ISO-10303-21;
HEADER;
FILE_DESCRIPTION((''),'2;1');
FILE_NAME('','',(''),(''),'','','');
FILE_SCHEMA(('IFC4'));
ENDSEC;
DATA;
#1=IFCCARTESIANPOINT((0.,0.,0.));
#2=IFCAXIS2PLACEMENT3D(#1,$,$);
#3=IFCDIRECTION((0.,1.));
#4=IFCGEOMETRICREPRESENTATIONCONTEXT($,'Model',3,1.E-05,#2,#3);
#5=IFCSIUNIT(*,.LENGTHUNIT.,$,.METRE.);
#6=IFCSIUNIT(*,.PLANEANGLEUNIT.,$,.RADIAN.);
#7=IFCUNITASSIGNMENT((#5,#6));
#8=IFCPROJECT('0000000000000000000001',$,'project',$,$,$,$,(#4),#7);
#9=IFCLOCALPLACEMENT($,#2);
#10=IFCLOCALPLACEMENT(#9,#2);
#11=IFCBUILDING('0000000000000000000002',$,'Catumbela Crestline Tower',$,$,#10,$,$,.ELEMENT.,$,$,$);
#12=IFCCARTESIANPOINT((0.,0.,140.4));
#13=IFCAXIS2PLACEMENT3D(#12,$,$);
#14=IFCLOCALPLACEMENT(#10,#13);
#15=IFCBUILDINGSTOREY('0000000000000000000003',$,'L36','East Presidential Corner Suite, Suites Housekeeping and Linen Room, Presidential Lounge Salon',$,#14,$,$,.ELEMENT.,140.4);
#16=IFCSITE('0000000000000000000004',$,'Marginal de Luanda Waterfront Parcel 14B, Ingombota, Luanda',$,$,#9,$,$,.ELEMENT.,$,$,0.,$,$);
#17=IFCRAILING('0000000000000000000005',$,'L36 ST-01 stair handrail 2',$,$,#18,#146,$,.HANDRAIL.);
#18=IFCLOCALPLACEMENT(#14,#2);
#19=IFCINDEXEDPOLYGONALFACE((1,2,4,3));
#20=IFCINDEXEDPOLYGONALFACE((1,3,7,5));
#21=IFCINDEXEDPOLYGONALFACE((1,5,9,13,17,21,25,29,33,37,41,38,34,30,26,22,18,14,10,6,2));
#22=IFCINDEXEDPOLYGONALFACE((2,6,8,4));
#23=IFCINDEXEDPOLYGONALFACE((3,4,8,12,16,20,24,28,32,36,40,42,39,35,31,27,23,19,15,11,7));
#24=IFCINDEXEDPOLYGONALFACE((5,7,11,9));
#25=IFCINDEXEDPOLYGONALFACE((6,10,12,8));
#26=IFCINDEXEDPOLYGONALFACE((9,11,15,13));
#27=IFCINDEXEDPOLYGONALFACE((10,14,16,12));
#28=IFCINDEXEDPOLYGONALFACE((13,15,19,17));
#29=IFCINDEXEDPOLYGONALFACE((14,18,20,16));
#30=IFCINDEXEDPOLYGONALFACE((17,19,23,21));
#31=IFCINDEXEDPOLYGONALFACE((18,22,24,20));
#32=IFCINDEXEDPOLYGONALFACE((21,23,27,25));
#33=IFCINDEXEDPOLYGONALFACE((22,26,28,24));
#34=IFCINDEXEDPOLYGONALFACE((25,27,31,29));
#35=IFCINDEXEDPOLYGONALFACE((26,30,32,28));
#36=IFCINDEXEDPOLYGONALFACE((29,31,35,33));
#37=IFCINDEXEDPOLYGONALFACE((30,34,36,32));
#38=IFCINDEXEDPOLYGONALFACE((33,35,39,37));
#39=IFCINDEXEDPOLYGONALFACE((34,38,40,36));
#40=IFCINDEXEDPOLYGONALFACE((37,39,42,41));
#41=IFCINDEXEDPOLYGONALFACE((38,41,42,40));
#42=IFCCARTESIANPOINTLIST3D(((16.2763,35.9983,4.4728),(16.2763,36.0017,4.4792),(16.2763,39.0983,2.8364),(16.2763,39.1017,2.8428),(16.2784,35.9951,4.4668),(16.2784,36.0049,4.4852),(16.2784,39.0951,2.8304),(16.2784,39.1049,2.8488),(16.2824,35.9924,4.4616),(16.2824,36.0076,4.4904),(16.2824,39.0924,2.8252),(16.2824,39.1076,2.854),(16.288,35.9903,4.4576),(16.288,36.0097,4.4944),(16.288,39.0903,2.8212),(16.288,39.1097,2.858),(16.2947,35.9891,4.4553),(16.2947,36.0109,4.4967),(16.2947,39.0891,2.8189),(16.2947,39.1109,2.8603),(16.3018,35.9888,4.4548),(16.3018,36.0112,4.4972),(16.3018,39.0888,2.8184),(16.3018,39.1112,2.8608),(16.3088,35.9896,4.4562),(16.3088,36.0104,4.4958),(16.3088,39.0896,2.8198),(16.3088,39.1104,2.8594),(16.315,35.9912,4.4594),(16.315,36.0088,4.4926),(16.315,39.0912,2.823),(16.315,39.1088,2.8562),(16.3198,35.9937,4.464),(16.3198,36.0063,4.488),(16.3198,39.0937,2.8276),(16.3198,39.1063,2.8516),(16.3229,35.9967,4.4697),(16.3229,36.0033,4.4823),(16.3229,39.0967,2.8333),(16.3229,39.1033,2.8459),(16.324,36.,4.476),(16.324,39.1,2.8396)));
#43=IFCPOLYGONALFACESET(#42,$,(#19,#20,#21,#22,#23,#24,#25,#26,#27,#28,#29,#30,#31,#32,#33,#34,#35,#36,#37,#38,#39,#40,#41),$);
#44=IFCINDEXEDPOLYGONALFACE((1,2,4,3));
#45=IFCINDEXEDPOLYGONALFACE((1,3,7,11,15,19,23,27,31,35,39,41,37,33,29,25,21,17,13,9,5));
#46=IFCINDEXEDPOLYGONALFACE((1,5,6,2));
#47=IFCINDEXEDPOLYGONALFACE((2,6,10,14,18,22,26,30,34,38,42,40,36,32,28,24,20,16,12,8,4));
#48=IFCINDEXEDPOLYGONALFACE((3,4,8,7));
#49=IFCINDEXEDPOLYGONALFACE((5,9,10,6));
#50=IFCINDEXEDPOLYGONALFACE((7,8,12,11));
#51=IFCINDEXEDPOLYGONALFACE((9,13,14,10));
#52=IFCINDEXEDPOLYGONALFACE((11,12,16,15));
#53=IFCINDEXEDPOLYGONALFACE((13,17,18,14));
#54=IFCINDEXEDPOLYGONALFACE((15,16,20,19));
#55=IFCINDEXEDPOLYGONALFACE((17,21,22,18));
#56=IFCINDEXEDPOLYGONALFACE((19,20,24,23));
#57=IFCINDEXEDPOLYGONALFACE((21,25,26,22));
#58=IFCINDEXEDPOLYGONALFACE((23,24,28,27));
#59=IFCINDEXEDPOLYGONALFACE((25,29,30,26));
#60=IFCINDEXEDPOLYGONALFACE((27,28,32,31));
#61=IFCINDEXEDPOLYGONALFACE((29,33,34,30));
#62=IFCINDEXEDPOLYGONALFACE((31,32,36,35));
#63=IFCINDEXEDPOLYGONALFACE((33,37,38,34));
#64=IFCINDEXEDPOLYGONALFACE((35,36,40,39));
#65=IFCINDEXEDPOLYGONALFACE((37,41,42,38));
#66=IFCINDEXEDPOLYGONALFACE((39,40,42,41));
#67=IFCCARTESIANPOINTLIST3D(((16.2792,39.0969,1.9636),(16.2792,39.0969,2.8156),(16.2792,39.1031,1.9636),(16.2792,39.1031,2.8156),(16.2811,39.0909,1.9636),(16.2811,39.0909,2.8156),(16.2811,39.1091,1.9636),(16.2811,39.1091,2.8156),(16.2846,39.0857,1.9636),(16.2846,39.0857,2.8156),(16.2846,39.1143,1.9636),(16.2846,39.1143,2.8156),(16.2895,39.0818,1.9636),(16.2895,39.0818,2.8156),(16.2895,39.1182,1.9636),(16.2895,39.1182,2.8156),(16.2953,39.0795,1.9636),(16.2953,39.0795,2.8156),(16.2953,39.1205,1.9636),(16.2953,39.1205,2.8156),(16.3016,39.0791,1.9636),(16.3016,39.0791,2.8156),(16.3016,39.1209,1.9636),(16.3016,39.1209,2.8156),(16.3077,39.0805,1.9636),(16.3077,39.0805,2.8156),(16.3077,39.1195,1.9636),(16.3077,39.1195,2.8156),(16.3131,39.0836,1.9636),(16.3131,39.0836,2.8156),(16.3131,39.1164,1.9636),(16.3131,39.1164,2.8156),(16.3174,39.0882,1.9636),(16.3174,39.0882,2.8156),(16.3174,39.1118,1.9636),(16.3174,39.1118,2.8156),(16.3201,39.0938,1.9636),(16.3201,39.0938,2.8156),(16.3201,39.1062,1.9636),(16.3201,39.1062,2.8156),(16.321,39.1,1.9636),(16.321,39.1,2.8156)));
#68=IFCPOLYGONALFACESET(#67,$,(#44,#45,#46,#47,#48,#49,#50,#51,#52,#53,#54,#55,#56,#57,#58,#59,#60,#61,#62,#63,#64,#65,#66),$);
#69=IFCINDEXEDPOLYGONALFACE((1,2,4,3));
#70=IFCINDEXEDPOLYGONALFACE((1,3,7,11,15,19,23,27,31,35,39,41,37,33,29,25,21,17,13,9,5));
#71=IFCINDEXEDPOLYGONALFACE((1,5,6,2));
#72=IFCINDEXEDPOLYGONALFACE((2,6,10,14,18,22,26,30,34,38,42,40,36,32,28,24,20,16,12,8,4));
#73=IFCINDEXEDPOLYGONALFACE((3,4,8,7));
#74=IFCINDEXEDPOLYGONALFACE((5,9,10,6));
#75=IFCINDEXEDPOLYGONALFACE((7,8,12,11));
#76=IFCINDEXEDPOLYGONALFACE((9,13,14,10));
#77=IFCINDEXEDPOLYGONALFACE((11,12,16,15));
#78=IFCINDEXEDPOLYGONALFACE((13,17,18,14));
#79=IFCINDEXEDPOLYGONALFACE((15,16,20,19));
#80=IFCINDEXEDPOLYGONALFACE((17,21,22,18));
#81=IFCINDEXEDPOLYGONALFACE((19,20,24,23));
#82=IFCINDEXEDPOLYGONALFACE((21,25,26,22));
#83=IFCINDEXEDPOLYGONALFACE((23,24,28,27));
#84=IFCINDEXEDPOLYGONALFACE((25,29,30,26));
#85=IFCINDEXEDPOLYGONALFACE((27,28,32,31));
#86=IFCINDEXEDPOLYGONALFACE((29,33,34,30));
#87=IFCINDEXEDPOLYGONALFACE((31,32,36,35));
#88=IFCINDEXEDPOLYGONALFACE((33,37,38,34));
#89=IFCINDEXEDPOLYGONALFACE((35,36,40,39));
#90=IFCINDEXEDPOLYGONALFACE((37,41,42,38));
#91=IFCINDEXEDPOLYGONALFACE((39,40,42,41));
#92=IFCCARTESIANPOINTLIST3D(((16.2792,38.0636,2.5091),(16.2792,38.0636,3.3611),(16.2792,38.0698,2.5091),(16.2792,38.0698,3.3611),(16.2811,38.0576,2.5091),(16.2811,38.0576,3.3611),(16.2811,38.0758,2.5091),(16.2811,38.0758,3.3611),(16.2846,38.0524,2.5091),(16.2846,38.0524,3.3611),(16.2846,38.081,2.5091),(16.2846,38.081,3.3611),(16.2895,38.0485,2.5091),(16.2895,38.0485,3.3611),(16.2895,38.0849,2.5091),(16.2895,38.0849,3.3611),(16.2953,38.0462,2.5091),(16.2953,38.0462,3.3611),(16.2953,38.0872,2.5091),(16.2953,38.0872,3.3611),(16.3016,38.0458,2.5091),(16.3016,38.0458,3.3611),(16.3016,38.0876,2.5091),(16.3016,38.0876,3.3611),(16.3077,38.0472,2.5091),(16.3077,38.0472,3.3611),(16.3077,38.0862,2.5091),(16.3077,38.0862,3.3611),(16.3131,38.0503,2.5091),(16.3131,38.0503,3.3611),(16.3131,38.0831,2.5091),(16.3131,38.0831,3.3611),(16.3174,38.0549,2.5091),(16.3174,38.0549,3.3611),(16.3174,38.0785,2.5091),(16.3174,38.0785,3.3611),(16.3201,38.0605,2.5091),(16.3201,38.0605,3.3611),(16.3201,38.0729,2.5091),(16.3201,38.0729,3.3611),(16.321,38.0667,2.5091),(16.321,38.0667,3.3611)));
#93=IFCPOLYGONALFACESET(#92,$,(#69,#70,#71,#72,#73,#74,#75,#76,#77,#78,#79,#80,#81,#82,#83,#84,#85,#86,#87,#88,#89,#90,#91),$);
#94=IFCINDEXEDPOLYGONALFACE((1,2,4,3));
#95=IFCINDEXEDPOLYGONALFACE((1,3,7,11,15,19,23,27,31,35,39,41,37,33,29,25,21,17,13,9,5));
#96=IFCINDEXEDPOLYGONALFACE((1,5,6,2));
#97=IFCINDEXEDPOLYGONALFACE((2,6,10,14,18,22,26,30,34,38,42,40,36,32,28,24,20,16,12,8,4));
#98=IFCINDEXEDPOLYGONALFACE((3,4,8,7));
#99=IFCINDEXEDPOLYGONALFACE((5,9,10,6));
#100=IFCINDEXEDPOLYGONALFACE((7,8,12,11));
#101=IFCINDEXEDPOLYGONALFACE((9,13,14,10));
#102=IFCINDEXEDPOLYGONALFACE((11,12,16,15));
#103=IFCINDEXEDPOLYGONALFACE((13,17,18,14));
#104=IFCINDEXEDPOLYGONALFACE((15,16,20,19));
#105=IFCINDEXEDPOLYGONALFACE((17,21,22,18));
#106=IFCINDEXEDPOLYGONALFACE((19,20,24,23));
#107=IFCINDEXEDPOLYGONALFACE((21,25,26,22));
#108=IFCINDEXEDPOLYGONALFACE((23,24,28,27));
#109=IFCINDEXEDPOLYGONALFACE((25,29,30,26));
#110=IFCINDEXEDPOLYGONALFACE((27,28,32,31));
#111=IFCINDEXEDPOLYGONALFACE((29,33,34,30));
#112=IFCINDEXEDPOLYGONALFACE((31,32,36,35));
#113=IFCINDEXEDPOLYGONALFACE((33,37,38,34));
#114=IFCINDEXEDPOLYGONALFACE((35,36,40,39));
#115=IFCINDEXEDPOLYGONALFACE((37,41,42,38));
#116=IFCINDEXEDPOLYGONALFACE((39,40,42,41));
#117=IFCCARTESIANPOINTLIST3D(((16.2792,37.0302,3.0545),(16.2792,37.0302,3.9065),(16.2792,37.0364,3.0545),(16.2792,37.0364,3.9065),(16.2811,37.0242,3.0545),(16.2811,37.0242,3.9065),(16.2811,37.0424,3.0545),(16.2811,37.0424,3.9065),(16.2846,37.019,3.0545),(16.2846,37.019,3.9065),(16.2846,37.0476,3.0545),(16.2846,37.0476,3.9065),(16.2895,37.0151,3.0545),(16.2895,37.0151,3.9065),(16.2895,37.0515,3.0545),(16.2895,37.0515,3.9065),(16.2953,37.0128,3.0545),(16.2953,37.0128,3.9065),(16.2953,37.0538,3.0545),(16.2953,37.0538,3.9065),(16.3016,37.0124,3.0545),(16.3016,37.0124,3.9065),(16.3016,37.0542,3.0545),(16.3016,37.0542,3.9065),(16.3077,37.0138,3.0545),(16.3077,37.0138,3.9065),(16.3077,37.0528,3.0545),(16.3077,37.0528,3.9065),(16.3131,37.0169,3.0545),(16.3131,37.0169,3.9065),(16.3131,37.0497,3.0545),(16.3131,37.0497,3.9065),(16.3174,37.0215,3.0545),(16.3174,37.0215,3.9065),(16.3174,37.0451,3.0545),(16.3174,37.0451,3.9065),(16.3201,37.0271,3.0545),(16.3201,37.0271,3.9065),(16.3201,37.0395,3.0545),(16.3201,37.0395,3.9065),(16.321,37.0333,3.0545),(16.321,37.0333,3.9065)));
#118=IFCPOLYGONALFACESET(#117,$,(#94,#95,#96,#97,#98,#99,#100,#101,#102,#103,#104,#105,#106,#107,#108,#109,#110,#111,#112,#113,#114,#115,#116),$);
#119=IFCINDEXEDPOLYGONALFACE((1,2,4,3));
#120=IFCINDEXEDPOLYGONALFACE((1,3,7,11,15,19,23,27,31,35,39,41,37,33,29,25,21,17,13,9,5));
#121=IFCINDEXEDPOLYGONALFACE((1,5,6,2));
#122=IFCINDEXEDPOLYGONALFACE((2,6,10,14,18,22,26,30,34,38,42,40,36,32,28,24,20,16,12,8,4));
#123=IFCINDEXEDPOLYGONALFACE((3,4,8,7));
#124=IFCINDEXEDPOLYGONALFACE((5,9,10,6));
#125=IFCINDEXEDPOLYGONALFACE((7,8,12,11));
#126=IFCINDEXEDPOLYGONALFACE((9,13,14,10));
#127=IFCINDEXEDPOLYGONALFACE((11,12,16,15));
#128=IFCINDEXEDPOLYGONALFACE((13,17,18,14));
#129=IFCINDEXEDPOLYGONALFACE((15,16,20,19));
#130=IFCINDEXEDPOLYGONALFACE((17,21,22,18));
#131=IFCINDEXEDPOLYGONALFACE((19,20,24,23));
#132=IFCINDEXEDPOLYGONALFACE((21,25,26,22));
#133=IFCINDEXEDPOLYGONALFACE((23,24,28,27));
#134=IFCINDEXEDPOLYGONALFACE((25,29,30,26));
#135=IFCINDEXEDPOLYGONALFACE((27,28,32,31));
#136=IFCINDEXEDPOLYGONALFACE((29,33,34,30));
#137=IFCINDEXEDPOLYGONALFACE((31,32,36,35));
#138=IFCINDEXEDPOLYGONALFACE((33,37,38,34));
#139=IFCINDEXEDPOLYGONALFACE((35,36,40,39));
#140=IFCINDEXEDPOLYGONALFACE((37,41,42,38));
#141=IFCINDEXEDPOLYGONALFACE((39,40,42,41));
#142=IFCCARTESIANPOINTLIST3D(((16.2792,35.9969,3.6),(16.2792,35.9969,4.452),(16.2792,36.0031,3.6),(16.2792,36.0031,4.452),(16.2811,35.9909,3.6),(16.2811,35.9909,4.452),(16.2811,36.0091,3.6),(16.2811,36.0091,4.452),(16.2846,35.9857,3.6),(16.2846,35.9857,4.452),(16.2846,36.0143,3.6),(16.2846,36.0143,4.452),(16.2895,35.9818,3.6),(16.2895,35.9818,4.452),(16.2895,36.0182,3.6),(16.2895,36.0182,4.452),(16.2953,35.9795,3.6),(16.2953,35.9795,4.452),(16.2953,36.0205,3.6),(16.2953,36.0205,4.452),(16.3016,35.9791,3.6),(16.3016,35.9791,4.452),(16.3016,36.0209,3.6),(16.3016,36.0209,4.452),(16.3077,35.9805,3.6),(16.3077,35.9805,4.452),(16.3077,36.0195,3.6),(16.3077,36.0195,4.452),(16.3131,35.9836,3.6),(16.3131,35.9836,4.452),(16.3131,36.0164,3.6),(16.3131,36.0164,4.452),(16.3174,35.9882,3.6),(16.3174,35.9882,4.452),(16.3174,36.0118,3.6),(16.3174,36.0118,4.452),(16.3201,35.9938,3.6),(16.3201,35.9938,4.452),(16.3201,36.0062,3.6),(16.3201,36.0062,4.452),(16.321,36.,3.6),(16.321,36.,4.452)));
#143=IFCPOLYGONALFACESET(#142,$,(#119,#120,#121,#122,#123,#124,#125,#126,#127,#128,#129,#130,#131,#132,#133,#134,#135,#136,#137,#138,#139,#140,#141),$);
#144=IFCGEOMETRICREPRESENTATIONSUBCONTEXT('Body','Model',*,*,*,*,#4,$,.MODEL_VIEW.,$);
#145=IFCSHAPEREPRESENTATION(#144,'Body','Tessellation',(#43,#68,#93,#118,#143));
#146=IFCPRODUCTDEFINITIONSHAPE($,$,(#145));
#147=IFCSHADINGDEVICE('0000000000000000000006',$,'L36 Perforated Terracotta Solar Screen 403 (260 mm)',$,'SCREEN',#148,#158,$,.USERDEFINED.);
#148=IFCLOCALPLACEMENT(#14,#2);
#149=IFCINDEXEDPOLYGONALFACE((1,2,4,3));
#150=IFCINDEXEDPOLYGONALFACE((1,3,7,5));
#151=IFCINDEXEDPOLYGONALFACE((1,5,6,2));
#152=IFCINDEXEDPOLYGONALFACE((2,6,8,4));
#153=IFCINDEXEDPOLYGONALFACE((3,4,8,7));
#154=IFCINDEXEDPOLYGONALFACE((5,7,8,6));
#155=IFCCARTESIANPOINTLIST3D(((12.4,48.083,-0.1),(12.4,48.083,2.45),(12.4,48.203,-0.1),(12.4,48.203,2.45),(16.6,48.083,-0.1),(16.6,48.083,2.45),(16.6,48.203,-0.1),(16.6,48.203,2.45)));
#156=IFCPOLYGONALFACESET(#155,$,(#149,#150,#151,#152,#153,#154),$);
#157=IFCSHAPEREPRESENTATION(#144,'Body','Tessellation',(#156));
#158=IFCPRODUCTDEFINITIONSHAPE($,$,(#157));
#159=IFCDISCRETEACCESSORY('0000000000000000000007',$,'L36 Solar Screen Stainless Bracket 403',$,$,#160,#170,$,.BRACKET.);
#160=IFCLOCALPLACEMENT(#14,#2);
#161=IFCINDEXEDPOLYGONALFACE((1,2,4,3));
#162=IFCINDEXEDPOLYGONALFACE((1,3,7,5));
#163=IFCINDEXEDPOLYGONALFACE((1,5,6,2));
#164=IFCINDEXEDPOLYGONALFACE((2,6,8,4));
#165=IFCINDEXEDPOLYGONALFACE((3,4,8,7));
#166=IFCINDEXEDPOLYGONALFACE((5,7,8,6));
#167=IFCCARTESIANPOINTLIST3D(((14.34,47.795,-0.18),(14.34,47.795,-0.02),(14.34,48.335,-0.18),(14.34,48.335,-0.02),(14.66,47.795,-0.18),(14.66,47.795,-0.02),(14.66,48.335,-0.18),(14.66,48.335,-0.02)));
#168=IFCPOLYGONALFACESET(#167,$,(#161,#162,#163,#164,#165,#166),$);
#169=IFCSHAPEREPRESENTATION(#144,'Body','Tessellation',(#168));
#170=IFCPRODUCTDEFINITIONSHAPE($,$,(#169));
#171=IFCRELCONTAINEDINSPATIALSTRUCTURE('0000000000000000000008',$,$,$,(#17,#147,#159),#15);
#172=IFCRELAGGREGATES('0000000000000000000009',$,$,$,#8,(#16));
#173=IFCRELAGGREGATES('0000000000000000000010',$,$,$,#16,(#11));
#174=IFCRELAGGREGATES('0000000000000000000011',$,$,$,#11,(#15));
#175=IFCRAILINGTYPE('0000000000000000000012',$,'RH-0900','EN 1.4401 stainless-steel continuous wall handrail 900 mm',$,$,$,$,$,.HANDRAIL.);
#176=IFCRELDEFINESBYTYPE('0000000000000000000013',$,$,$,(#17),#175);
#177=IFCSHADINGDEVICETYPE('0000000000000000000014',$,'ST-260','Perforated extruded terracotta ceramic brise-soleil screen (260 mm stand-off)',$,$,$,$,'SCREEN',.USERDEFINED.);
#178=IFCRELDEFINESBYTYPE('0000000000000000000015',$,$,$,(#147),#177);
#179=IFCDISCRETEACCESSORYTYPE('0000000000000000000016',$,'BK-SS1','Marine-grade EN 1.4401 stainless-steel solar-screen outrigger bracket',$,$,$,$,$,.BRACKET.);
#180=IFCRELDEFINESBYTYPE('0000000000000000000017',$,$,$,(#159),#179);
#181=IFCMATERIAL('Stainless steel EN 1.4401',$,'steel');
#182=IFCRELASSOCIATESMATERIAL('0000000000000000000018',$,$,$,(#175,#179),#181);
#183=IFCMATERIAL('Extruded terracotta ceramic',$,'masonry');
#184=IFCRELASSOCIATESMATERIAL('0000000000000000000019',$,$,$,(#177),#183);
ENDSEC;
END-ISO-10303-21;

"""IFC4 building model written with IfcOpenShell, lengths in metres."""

from ifc_helpers import new_model, si_unit, direction, frame, origin, origin_2d, place, context, subcontext, project, spatial, rectangle, circle, extrude, material, type_object, element, save


model = new_model("IFC4")

# Units and contexts
model_context = context("Model", 3, precision=1e-05, world=origin(), true_north=direction((0.0, 1.0)))
body_context = subcontext(model_context, "Body", "Model", "MODEL_VIEW")
ifc_project = project(units=[si_unit("LENGTHUNIT", "METRE"), si_unit("PLANEANGLEUNIT", "RADIAN")], contexts=[model_context])

# Site, building, storey
site_placement = place(None, origin())
site = spatial("IfcSite", under=ifc_project, at=site_placement, Name="Marginal de Luanda Waterfront Parcel 14B, Ingombota, Luanda", CompositionType="ELEMENT", RefElevation=0.0)
building_placement = place(site_placement, origin())
building = spatial("IfcBuilding", under=site, at=building_placement, Name="Catumbela Crestline Tower", CompositionType="ELEMENT")
storey_placement = place(building_placement, frame((0.0, 0.0, 140.4)))
storey = spatial("IfcBuildingStorey", under=building, at=storey_placement, Name="L36", Description="East Presidential Corner Suite, Suites Housekeeping and Linen Room, Presidential Lounge Salon", CompositionType="ELEMENT", Elevation=140.4)

# Railing
ifc_material_1 = material(Name="Stainless steel EN 1.4401", Category="steel")
railing_type_1 = type_object("IfcRailingType", Name="RH-0900", Description="EN 1.4401 stainless-steel continuous wall handrail 900 mm", PredefinedType="HANDRAIL", material=ifc_material_1)
railing_1_placement = place(storey_placement, frame((16.3, 39.1, 1.9636)))
element("IfcRailing", 1, at=railing_1_placement, inside=storey, type_object=railing_type_1, Name="L36 ST-01 stair handrail 2", PredefinedType="HANDRAIL", context=body_context, shape_type="SweptSolid", body=[
    extrude(circle(Radius=0.024, at=origin_2d()), frame((0.0, 0.0, 0.876), z_axis=(0.0, -0.884351, 0.466823), x_axis=(1.0, 0.0, 0.0)), (0.0, 0.0, 1.0), 3.5054),
    extrude(circle(Radius=0.021, at=origin_2d()), origin(), (0.0, 0.0, 1.0), 0.852),
    extrude(circle(Radius=0.021, at=origin_2d()), frame((0.0, -1.0333, 0.5455)), (0.0, 0.0, 1.0), 0.852),
    extrude(circle(Radius=0.021, at=origin_2d()), frame((0.0, -2.0667, 1.0909)), (0.0, 0.0, 1.0), 0.852),
    extrude(circle(Radius=0.021, at=origin_2d()), frame((0.0, -3.1, 1.6364)), (0.0, 0.0, 1.0), 0.852),
])

# Shading device
ifc_material_2 = material(Name="Extruded terracotta ceramic", Category="masonry")
shading_device_type = type_object("IfcShadingDeviceType", Name="ST-260", Description="Perforated extruded terracotta ceramic brise-soleil screen (260 mm stand-off)", ElementType="SCREEN", PredefinedType="USERDEFINED", material=ifc_material_2)
shading_device_placement = place(storey_placement, frame((14.5, 48.143, -0.1), z_axis=(0.0, 0.0, 1.0), x_axis=(-1.0, 0.0, 0.0)))
element("IfcShadingDevice", 2, at=shading_device_placement, inside=storey, type_object=shading_device_type, Name="L36 Perforated Terracotta Solar Screen 403 (260 mm)", ObjectType="SCREEN", PredefinedType="USERDEFINED", context=body_context, shape_type="SweptSolid", body=[
    extrude(rectangle(XDim=4.2, YDim=0.12, at=origin_2d()), origin(), (0.0, 0.0, 1.0), 2.55),
])

# Discrete accessory
discrete_accessory_type = type_object("IfcDiscreteAccessoryType", Name="BK-SS1", Description="Marine-grade EN 1.4401 stainless-steel solar-screen outrigger bracket", PredefinedType="BRACKET", material=ifc_material_1)
discrete_accessory_placement = place(storey_placement, frame((14.5, 48.065, -0.18), z_axis=(0.0, 0.0, 1.0), x_axis=(-1.0, 0.0, 0.0)))
element("IfcDiscreteAccessory", 3, at=discrete_accessory_placement, inside=storey, type_object=discrete_accessory_type, Name="L36 Solar Screen Stainless Bracket 403", PredefinedType="BRACKET", context=body_context, shape_type="SweptSolid", body=[
    extrude(rectangle(XDim=0.32, YDim=0.54, at=origin_2d()), origin(), (0.0, 0.0, 1.0), 0.16),
])

save(model, "model.ifc")
